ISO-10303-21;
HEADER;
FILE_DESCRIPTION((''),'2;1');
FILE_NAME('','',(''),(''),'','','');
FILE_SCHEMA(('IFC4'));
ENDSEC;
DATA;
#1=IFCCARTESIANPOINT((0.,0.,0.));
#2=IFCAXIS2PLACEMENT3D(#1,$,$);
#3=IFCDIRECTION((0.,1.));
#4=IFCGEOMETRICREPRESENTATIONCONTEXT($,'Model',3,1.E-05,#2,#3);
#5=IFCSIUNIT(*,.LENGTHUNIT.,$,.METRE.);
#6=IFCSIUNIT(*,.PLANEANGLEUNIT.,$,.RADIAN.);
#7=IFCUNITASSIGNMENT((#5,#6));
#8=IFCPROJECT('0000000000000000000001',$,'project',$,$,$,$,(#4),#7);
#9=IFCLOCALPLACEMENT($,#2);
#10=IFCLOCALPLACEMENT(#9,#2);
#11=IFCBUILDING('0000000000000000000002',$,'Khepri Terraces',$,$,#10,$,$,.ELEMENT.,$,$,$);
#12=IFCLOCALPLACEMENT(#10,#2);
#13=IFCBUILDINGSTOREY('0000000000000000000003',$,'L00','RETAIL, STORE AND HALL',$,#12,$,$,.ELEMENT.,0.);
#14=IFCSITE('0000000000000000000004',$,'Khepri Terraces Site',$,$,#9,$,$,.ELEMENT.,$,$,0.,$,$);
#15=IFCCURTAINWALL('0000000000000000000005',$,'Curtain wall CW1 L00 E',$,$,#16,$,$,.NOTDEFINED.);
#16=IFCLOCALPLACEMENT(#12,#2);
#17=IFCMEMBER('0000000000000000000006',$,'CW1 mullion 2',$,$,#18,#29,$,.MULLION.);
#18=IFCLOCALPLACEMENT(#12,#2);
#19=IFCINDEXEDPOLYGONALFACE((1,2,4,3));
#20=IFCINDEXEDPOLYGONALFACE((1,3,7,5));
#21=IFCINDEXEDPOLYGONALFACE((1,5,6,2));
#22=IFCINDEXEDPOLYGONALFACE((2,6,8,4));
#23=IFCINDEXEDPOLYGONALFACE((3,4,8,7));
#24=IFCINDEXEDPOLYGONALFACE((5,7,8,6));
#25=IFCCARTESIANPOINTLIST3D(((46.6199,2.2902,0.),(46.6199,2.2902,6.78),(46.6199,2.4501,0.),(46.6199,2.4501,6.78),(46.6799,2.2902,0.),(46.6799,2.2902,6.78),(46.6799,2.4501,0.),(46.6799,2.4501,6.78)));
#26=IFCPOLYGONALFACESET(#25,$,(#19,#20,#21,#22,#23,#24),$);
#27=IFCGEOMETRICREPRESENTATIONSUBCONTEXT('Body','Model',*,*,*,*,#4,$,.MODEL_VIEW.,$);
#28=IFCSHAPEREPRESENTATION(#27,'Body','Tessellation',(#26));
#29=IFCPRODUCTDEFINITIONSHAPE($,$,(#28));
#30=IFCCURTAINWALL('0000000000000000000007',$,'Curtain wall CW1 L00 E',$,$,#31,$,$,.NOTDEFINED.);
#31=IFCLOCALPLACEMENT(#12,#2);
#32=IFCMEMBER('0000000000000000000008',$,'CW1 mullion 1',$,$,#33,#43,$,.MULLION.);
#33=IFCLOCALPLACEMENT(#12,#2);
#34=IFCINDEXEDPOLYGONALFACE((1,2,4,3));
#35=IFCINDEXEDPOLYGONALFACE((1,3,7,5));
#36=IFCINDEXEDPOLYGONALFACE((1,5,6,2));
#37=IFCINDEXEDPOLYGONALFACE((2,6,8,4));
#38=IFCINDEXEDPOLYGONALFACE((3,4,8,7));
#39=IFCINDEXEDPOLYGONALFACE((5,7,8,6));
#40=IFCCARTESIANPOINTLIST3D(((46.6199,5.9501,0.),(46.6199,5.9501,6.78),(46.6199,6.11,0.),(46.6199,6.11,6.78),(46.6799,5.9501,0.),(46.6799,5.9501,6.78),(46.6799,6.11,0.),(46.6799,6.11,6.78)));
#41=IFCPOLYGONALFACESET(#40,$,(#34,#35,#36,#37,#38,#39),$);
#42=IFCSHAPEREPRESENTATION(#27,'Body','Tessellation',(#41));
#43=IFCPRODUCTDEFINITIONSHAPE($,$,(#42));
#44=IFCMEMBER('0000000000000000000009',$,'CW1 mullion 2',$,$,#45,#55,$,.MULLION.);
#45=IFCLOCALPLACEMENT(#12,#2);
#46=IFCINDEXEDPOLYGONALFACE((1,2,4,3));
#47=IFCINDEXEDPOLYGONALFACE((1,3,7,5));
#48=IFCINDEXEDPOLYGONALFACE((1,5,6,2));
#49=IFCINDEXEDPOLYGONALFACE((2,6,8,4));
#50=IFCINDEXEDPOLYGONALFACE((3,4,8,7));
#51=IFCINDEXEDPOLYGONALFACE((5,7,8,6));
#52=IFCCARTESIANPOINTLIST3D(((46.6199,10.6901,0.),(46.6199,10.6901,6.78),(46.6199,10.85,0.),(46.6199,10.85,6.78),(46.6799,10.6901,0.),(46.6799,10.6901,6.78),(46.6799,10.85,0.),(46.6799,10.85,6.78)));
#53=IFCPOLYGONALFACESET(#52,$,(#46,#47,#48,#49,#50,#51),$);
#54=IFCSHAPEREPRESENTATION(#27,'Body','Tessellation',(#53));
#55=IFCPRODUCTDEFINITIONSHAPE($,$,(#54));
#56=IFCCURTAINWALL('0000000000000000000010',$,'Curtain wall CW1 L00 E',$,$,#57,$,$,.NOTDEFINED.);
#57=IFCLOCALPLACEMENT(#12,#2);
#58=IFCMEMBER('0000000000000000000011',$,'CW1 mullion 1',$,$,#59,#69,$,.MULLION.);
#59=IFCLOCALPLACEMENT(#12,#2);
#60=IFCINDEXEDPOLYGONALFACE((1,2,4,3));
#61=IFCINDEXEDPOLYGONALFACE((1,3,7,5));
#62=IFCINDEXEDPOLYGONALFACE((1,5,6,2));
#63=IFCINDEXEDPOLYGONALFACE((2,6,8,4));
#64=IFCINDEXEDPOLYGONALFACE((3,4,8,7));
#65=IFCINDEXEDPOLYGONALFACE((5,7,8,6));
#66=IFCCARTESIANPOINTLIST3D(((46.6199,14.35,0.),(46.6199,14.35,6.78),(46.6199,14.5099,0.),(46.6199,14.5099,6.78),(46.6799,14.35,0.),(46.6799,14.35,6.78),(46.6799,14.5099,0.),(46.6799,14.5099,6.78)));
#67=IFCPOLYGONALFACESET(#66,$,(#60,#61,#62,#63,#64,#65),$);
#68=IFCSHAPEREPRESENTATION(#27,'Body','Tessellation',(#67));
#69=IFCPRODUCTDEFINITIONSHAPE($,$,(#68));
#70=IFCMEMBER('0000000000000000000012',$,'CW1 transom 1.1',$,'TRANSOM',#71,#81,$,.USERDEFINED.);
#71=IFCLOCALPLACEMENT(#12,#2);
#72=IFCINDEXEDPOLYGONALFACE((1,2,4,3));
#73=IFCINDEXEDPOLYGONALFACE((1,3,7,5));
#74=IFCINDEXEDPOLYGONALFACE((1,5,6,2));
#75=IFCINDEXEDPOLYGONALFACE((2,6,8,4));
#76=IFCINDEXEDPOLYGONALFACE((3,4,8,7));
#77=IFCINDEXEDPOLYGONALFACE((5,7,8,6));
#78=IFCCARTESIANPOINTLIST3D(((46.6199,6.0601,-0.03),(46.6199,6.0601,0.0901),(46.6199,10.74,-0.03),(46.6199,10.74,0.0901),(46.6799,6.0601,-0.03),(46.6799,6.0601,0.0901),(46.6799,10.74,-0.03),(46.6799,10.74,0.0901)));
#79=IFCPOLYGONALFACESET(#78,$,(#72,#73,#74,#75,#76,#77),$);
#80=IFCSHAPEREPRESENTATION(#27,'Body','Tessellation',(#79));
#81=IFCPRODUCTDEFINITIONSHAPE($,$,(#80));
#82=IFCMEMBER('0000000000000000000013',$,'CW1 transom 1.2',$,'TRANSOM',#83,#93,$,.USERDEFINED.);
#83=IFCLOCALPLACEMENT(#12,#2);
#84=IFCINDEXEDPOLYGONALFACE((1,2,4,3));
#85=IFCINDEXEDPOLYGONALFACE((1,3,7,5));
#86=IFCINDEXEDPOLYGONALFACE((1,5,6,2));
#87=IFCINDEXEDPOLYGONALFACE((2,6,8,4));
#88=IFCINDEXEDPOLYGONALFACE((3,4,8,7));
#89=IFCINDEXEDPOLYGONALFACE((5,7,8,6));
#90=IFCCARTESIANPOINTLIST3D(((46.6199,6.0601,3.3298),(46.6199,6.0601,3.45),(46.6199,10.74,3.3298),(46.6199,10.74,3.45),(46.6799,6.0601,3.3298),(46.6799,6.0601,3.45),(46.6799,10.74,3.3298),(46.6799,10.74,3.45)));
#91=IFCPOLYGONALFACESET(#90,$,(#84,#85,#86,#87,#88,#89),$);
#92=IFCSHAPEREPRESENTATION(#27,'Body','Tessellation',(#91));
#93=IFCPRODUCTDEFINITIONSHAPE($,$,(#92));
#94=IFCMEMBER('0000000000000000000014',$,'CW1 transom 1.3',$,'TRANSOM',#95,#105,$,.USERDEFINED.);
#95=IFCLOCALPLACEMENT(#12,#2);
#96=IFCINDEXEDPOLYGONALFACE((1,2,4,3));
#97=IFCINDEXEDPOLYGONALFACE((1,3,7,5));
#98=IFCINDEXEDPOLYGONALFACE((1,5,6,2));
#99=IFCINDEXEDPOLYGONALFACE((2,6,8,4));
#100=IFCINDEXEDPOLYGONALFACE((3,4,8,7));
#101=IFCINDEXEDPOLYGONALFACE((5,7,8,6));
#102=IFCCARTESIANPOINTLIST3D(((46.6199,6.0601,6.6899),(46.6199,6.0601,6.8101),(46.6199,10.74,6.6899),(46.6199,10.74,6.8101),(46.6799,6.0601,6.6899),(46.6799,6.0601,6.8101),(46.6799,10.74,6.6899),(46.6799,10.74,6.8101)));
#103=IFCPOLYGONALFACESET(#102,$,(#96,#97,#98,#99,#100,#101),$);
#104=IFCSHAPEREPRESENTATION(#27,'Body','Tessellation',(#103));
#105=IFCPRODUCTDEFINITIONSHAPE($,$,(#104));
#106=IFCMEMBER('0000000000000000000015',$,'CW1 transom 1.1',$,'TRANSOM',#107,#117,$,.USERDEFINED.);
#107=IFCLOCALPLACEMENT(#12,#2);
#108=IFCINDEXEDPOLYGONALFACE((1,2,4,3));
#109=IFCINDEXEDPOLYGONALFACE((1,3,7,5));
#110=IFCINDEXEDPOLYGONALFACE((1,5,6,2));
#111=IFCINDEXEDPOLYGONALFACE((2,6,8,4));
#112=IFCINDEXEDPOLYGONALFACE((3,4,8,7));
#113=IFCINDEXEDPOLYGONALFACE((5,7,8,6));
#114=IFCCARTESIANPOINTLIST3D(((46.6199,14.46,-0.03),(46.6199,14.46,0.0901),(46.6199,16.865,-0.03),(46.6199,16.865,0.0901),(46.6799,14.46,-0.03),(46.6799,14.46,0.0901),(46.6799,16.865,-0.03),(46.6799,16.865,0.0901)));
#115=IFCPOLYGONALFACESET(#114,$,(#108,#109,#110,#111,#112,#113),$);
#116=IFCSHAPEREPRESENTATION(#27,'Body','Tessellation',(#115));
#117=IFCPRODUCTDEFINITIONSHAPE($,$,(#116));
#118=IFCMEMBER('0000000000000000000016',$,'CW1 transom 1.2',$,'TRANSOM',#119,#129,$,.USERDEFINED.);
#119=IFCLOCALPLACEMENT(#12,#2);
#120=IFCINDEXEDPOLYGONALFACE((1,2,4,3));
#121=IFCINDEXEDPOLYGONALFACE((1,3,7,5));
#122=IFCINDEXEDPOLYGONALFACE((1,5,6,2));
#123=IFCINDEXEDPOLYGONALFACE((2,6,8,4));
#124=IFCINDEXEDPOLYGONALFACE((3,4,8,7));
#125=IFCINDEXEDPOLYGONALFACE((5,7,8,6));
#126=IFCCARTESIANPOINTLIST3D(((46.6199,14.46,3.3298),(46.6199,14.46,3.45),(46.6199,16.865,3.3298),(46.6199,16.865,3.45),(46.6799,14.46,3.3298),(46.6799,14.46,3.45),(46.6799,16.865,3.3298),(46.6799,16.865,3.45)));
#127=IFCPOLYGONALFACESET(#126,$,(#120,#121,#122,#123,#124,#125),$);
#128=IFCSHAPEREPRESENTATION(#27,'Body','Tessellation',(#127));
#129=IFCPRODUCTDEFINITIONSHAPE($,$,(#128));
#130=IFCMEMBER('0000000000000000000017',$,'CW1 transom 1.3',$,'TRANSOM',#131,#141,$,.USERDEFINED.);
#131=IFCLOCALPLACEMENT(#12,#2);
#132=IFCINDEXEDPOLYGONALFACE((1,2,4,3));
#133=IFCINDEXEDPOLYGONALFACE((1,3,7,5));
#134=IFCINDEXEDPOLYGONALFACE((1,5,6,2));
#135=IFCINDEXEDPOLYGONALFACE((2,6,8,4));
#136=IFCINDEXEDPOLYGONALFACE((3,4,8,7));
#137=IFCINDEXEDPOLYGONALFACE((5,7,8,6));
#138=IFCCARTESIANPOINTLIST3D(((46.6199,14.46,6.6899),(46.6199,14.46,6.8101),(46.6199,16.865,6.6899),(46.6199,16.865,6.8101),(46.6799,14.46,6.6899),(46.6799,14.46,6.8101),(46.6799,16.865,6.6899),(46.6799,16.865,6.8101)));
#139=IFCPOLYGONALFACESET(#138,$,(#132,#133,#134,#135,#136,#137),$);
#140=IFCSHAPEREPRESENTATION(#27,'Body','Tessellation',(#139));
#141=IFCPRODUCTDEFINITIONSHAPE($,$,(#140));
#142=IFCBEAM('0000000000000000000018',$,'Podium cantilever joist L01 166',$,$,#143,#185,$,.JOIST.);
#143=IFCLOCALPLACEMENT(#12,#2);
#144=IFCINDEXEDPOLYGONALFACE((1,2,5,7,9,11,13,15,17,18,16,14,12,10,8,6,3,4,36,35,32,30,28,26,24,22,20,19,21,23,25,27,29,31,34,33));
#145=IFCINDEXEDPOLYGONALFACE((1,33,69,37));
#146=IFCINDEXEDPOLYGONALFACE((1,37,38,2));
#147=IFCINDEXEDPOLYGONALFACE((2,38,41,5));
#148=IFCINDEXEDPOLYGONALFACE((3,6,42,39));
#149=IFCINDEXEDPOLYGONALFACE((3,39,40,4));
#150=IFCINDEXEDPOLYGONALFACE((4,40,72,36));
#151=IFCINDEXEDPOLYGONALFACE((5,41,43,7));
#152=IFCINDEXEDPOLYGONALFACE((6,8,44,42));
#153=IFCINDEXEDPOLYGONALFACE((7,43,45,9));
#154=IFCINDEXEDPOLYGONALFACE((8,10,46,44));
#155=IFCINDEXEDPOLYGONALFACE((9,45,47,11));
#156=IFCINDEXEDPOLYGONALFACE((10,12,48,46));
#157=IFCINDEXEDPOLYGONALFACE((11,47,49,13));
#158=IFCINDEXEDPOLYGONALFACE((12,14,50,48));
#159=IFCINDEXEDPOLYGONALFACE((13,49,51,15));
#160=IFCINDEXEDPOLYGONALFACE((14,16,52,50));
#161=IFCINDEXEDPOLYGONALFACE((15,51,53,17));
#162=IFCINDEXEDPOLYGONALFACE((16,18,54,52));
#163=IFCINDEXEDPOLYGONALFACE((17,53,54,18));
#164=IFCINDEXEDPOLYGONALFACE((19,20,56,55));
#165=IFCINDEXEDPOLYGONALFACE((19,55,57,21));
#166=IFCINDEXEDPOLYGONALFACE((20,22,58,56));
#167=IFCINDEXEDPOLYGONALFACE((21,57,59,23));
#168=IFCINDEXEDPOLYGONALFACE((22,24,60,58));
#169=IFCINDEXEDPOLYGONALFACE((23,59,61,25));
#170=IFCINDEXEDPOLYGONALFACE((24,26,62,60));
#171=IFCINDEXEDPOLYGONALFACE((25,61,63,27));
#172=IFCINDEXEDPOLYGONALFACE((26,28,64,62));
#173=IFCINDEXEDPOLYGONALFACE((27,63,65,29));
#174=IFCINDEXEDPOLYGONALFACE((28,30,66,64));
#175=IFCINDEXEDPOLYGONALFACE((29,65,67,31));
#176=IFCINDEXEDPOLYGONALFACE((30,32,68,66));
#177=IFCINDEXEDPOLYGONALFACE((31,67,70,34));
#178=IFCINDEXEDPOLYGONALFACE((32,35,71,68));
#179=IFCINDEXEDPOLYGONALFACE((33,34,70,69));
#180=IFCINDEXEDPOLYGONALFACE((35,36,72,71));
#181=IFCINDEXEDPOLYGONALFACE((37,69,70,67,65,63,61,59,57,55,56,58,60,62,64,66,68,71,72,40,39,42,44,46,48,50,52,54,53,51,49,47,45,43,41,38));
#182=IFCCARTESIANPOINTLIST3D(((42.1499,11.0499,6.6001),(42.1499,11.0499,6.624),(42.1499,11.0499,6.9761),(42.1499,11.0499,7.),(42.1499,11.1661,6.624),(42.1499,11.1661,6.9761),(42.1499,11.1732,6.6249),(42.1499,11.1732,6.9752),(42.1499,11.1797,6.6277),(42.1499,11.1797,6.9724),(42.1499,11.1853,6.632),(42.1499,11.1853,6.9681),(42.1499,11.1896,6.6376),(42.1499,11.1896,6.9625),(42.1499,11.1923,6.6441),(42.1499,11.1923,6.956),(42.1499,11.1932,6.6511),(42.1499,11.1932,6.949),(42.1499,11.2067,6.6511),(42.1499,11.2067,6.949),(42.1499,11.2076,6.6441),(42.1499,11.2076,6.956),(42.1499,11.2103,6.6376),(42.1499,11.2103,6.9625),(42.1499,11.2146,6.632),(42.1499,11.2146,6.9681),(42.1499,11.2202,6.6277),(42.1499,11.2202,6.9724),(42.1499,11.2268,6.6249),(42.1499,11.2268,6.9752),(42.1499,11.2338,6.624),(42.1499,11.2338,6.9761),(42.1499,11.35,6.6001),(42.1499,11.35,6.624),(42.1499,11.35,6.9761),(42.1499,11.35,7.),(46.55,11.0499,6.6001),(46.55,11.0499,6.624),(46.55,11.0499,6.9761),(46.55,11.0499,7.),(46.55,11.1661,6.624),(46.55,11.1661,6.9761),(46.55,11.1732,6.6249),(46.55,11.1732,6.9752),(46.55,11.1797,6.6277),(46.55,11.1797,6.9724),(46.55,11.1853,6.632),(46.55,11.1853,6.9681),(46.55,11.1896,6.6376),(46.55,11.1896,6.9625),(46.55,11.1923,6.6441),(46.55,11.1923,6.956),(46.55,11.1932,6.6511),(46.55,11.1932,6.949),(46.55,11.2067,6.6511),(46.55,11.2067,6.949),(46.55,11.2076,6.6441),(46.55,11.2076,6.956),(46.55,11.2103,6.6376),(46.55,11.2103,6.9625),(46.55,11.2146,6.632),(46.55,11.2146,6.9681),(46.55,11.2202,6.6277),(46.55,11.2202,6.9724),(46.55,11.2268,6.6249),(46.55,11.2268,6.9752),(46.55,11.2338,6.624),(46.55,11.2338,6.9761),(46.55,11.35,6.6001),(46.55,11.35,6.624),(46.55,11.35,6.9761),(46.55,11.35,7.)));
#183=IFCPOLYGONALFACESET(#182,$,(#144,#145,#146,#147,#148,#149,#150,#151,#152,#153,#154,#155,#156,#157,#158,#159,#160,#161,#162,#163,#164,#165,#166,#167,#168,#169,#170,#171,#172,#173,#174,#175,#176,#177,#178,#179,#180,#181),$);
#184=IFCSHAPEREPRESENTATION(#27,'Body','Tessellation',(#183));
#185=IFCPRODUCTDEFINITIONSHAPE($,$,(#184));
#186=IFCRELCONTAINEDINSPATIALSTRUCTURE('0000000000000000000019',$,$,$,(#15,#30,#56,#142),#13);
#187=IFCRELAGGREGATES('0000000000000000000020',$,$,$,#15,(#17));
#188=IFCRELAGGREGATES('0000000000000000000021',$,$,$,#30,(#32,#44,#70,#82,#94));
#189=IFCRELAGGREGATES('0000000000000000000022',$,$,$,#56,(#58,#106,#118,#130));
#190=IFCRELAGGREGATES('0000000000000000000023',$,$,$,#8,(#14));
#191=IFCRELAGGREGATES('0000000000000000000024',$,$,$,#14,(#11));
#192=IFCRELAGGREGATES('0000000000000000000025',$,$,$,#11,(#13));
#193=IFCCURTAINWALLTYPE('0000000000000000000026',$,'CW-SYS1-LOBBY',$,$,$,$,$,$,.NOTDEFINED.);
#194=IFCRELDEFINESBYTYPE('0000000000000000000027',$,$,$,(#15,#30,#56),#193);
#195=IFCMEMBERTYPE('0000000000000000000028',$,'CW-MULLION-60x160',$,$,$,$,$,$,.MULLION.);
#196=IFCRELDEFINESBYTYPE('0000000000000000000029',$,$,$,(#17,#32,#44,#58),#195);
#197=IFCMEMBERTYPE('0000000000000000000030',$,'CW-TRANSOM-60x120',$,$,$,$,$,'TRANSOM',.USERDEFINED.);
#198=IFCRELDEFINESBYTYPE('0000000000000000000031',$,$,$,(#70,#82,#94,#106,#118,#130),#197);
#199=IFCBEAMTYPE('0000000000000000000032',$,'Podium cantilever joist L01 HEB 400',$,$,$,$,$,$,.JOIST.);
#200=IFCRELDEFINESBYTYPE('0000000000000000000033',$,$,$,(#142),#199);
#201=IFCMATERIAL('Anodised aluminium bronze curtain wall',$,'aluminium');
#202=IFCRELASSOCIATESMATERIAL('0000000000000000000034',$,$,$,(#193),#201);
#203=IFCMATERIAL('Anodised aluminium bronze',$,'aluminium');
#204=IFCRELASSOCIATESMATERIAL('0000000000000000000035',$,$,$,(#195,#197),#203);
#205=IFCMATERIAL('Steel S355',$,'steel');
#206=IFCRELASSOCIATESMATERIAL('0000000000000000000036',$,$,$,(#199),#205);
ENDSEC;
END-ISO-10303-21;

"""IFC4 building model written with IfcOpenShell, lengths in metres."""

from ifc_helpers import new_model, si_unit, direction, frame, origin, origin_2d, place, context, subcontext, project, spatial, rectangle, i_section, extrude, material, material_profile, profile_set, type_object, element, aggregate, save


model = new_model("IFC4")

# Units and contexts
model_context = context("Model", 3, precision=1e-05, world=origin(), true_north=direction((0.0, 1.0)))
body_context = subcontext(model_context, "Body", "Model", "MODEL_VIEW")
ifc_project = project(units=[si_unit("LENGTHUNIT", "METRE"), si_unit("PLANEANGLEUNIT", "RADIAN")], contexts=[model_context])

# Site, building, storey
site_placement = place(None, origin())
site = spatial("IfcSite", under=ifc_project, at=site_placement, Name="Khepri Terraces Site", CompositionType="ELEMENT", RefElevation=0.0)
building_placement = place(site_placement, origin())
building = spatial("IfcBuilding", under=site, at=building_placement, Name="Khepri Terraces", CompositionType="ELEMENT")
storey_placement = place(building_placement, origin())
storey = spatial("IfcBuildingStorey", under=building, at=storey_placement, Name="L00", Description="RETAIL, STORE AND HALL", CompositionType="ELEMENT", Elevation=0.0)

# Curtain wall, member
ifc_material_1 = material(Name="Anodised aluminium bronze curtain wall", Category="aluminium")
curtain_wall_type = type_object("IfcCurtainWallType", Name="CW-SYS1-LOBBY", PredefinedType="NOTDEFINED", material=ifc_material_1)
curtain_wall_1_placement = place(storey_placement, origin())
curtain_wall_1 = element("IfcCurtainWall", 1, at=curtain_wall_1_placement, inside=storey, type_object=curtain_wall_type, Name="Curtain wall CW1 L00 E", PredefinedType="NOTDEFINED")
ifc_material_2 = material(Name="Anodised aluminium bronze", Category="aluminium")
ifc_material_profile_1 = material_profile(ifc_material_2, rectangle(XDim=0.0601, YDim=0.1599, at=origin_2d()), Name="Anodised aluminium bronze", Category="aluminium")
ifc_profile_set_1 = profile_set([ifc_material_profile_1], Name="Anodised aluminium bronze")
member_type_1 = type_object("IfcMemberType", Name="CW-MULLION-60x160", PredefinedType="MULLION", material=ifc_profile_set_1)
member_1_placement = place(storey_placement, frame((46.6499, 2.3701, 0.0), z_axis=(0.0, 0.0, 1.0), x_axis=(-1.0, 0.0, 0.0)))
member_1 = element("IfcMember", 2, at=member_1_placement, type_object=member_type_1, Name="CW1 mullion 2", PredefinedType="MULLION", context=body_context, shape_type="SweptSolid", body=[
    extrude(rectangle(XDim=0.0601, YDim=0.1599, at=origin_2d()), origin(), (0.0, 0.0, 1.0), 6.78),
])
aggregate(curtain_wall_1, [member_1])

# Curtain wall, members
curtain_wall_2_placement = place(storey_placement, origin())
curtain_wall_2 = element("IfcCurtainWall", 3, at=curtain_wall_2_placement, inside=storey, type_object=curtain_wall_type, Name="Curtain wall CW1 L00 E", PredefinedType="NOTDEFINED")
member_2_placement = place(storey_placement, frame((46.6499, 6.03, 0.0), z_axis=(0.0, 0.0, 1.0), x_axis=(-1.0, 0.0, 0.0)))
member_2 = element("IfcMember", 4, at=member_2_placement, type_object=member_type_1, Name="CW1 mullion 1", PredefinedType="MULLION", context=body_context, shape_type="SweptSolid", body=[
    extrude(rectangle(XDim=0.0601, YDim=0.1599, at=origin_2d()), origin(), (0.0, 0.0, 1.0), 6.78),
])
member_3_placement = place(storey_placement, frame((46.6499, 10.77, 0.0), z_axis=(0.0, 0.0, 1.0), x_axis=(-1.0, 0.0, 0.0)))
member_3 = element("IfcMember", 5, at=member_3_placement, type_object=member_type_1, Name="CW1 mullion 2", PredefinedType="MULLION", context=body_context, shape_type="SweptSolid", body=[
    extrude(rectangle(XDim=0.0601, YDim=0.1599, at=origin_2d()), origin(), (0.0, 0.0, 1.0), 6.78),
])

# Curtain wall, member
curtain_wall_3_placement = place(storey_placement, origin())
curtain_wall_3 = element("IfcCurtainWall", 6, at=curtain_wall_3_placement, inside=storey, type_object=curtain_wall_type, Name="Curtain wall CW1 L00 E", PredefinedType="NOTDEFINED")
member_4_placement = place(storey_placement, frame((46.6499, 14.4299, 0.0), z_axis=(0.0, 0.0, 1.0), x_axis=(-1.0, 0.0, 0.0)))
member_4 = element("IfcMember", 7, at=member_4_placement, type_object=member_type_1, Name="CW1 mullion 1", PredefinedType="MULLION", context=body_context, shape_type="SweptSolid", body=[
    extrude(rectangle(XDim=0.0601, YDim=0.1599, at=origin_2d()), origin(), (0.0, 0.0, 1.0), 6.78),
])

# Members
ifc_material_profile_2 = material_profile(ifc_material_2, rectangle(XDim=0.0601, YDim=0.1201, at=origin_2d()), Name="Anodised aluminium bronze", Category="aluminium")
ifc_profile_set_2 = profile_set([ifc_material_profile_2], Name="Anodised aluminium bronze")
member_type_2 = type_object("IfcMemberType", Name="CW-TRANSOM-60x120", ElementType="TRANSOM", PredefinedType="USERDEFINED", material=ifc_profile_set_2)
member_5_placement = place(storey_placement, frame((46.6499, 6.0601, 0.03), z_axis=(0.0, 1.0, 0.0), x_axis=(-1.0, 0.0, 0.0)))
member_5 = element("IfcMember", 8, at=member_5_placement, type_object=member_type_2, Name="CW1 transom 1.1", ObjectType="TRANSOM", PredefinedType="USERDEFINED", context=body_context, shape_type="SweptSolid", body=[
    extrude(rectangle(XDim=0.0601, YDim=0.1201, at=origin_2d()), origin(), (0.0, 0.0, 1.0), 4.6799),
])
member_6_placement = place(storey_placement, frame((46.6499, 6.0601, 3.3899), z_axis=(0.0, 1.0, 0.0), x_axis=(-1.0, 0.0, 0.0)))
member_6 = element("IfcMember", 9, at=member_6_placement, type_object=member_type_2, Name="CW1 transom 1.2", ObjectType="TRANSOM", PredefinedType="USERDEFINED", context=body_context, shape_type="SweptSolid", body=[
    extrude(rectangle(XDim=0.0601, YDim=0.1201, at=origin_2d()), origin(), (0.0, 0.0, 1.0), 4.6799),
])
member_7_placement = place(storey_placement, frame((46.6499, 6.0601, 6.75), z_axis=(0.0, 1.0, 0.0), x_axis=(-1.0, 0.0, 0.0)))
member_7 = element("IfcMember", 10, at=member_7_placement, type_object=member_type_2, Name="CW1 transom 1.3", ObjectType="TRANSOM", PredefinedType="USERDEFINED", context=body_context, shape_type="SweptSolid", body=[
    extrude(rectangle(XDim=0.0601, YDim=0.1201, at=origin_2d()), origin(), (0.0, 0.0, 1.0), 4.6799),
])
member_8_placement = place(storey_placement, frame((46.6499, 14.46, 0.03), z_axis=(0.0, 1.0, 0.0), x_axis=(-1.0, 0.0, 0.0)))
member_8 = element("IfcMember", 11, at=member_8_placement, type_object=member_type_2, Name="CW1 transom 1.1", ObjectType="TRANSOM", PredefinedType="USERDEFINED", context=body_context, shape_type="SweptSolid", body=[
    extrude(rectangle(XDim=0.0601, YDim=0.1201, at=origin_2d()), origin(), (0.0, 0.0, 1.0), 2.405),
])
member_9_placement = place(storey_placement, frame((46.6499, 14.46, 3.3899), z_axis=(0.0, 1.0, 0.0), x_axis=(-1.0, 0.0, 0.0)))
member_9 = element("IfcMember", 12, at=member_9_placement, type_object=member_type_2, Name="CW1 transom 1.2", ObjectType="TRANSOM", PredefinedType="USERDEFINED", context=body_context, shape_type="SweptSolid", body=[
    extrude(rectangle(XDim=0.0601, YDim=0.1201, at=origin_2d()), origin(), (0.0, 0.0, 1.0), 2.405),
])
member_10_placement = place(storey_placement, frame((46.6499, 14.46, 6.75), z_axis=(0.0, 1.0, 0.0), x_axis=(-1.0, 0.0, 0.0)))
member_10 = element("IfcMember", 13, at=member_10_placement, type_object=member_type_2, Name="CW1 transom 1.3", ObjectType="TRANSOM", PredefinedType="USERDEFINED", context=body_context, shape_type="SweptSolid", body=[
    extrude(rectangle(XDim=0.0601, YDim=0.1201, at=origin_2d()), origin(), (0.0, 0.0, 1.0), 2.405),
])

# Beam
ifc_material_3 = material(Name="Steel S355", Category="steel")
ifc_material_profile_3 = material_profile(ifc_material_3, i_section(OverallWidth=0.3, OverallDepth=0.3999, WebThickness=0.0134, FlangeThickness=0.0239, FilletRadius=0.0271, at=origin_2d()), Name="Steel S355", Category="steel")
ifc_profile_set_3 = profile_set([ifc_material_profile_3], Name="Steel S355")
beam_type_1 = type_object("IfcBeamType", Name="Podium cantilever joist L01 HEB 400", PredefinedType="JOIST", material=ifc_profile_set_3)
for number, where, z_axis, x_axis, name in (
    (14, (42.1499, 11.2, 6.8), (1.0, 0.0, 0.0), (0.0, 1.0, 0.0), "Podium cantilever joist L01 166"),
):
    element("IfcBeam", number, at=place(storey_placement, frame(where, z_axis=z_axis, x_axis=x_axis)), inside=storey, type_object=beam_type_1, Name=name, PredefinedType="JOIST", context=body_context, shape_type="SweptSolid", body=[
        extrude(i_section(OverallWidth=0.3, OverallDepth=0.3999, WebThickness=0.0134, FlangeThickness=0.0239, FilletRadius=0.0271, at=origin_2d()), origin(), (0.0, 0.0, 1.0), 4.4001),
    ])

aggregate(curtain_wall_2, [member_2, member_3, member_5, member_6, member_7])
aggregate(curtain_wall_3, [member_4, member_8, member_9, member_10])

save(model, "model.ifc")
